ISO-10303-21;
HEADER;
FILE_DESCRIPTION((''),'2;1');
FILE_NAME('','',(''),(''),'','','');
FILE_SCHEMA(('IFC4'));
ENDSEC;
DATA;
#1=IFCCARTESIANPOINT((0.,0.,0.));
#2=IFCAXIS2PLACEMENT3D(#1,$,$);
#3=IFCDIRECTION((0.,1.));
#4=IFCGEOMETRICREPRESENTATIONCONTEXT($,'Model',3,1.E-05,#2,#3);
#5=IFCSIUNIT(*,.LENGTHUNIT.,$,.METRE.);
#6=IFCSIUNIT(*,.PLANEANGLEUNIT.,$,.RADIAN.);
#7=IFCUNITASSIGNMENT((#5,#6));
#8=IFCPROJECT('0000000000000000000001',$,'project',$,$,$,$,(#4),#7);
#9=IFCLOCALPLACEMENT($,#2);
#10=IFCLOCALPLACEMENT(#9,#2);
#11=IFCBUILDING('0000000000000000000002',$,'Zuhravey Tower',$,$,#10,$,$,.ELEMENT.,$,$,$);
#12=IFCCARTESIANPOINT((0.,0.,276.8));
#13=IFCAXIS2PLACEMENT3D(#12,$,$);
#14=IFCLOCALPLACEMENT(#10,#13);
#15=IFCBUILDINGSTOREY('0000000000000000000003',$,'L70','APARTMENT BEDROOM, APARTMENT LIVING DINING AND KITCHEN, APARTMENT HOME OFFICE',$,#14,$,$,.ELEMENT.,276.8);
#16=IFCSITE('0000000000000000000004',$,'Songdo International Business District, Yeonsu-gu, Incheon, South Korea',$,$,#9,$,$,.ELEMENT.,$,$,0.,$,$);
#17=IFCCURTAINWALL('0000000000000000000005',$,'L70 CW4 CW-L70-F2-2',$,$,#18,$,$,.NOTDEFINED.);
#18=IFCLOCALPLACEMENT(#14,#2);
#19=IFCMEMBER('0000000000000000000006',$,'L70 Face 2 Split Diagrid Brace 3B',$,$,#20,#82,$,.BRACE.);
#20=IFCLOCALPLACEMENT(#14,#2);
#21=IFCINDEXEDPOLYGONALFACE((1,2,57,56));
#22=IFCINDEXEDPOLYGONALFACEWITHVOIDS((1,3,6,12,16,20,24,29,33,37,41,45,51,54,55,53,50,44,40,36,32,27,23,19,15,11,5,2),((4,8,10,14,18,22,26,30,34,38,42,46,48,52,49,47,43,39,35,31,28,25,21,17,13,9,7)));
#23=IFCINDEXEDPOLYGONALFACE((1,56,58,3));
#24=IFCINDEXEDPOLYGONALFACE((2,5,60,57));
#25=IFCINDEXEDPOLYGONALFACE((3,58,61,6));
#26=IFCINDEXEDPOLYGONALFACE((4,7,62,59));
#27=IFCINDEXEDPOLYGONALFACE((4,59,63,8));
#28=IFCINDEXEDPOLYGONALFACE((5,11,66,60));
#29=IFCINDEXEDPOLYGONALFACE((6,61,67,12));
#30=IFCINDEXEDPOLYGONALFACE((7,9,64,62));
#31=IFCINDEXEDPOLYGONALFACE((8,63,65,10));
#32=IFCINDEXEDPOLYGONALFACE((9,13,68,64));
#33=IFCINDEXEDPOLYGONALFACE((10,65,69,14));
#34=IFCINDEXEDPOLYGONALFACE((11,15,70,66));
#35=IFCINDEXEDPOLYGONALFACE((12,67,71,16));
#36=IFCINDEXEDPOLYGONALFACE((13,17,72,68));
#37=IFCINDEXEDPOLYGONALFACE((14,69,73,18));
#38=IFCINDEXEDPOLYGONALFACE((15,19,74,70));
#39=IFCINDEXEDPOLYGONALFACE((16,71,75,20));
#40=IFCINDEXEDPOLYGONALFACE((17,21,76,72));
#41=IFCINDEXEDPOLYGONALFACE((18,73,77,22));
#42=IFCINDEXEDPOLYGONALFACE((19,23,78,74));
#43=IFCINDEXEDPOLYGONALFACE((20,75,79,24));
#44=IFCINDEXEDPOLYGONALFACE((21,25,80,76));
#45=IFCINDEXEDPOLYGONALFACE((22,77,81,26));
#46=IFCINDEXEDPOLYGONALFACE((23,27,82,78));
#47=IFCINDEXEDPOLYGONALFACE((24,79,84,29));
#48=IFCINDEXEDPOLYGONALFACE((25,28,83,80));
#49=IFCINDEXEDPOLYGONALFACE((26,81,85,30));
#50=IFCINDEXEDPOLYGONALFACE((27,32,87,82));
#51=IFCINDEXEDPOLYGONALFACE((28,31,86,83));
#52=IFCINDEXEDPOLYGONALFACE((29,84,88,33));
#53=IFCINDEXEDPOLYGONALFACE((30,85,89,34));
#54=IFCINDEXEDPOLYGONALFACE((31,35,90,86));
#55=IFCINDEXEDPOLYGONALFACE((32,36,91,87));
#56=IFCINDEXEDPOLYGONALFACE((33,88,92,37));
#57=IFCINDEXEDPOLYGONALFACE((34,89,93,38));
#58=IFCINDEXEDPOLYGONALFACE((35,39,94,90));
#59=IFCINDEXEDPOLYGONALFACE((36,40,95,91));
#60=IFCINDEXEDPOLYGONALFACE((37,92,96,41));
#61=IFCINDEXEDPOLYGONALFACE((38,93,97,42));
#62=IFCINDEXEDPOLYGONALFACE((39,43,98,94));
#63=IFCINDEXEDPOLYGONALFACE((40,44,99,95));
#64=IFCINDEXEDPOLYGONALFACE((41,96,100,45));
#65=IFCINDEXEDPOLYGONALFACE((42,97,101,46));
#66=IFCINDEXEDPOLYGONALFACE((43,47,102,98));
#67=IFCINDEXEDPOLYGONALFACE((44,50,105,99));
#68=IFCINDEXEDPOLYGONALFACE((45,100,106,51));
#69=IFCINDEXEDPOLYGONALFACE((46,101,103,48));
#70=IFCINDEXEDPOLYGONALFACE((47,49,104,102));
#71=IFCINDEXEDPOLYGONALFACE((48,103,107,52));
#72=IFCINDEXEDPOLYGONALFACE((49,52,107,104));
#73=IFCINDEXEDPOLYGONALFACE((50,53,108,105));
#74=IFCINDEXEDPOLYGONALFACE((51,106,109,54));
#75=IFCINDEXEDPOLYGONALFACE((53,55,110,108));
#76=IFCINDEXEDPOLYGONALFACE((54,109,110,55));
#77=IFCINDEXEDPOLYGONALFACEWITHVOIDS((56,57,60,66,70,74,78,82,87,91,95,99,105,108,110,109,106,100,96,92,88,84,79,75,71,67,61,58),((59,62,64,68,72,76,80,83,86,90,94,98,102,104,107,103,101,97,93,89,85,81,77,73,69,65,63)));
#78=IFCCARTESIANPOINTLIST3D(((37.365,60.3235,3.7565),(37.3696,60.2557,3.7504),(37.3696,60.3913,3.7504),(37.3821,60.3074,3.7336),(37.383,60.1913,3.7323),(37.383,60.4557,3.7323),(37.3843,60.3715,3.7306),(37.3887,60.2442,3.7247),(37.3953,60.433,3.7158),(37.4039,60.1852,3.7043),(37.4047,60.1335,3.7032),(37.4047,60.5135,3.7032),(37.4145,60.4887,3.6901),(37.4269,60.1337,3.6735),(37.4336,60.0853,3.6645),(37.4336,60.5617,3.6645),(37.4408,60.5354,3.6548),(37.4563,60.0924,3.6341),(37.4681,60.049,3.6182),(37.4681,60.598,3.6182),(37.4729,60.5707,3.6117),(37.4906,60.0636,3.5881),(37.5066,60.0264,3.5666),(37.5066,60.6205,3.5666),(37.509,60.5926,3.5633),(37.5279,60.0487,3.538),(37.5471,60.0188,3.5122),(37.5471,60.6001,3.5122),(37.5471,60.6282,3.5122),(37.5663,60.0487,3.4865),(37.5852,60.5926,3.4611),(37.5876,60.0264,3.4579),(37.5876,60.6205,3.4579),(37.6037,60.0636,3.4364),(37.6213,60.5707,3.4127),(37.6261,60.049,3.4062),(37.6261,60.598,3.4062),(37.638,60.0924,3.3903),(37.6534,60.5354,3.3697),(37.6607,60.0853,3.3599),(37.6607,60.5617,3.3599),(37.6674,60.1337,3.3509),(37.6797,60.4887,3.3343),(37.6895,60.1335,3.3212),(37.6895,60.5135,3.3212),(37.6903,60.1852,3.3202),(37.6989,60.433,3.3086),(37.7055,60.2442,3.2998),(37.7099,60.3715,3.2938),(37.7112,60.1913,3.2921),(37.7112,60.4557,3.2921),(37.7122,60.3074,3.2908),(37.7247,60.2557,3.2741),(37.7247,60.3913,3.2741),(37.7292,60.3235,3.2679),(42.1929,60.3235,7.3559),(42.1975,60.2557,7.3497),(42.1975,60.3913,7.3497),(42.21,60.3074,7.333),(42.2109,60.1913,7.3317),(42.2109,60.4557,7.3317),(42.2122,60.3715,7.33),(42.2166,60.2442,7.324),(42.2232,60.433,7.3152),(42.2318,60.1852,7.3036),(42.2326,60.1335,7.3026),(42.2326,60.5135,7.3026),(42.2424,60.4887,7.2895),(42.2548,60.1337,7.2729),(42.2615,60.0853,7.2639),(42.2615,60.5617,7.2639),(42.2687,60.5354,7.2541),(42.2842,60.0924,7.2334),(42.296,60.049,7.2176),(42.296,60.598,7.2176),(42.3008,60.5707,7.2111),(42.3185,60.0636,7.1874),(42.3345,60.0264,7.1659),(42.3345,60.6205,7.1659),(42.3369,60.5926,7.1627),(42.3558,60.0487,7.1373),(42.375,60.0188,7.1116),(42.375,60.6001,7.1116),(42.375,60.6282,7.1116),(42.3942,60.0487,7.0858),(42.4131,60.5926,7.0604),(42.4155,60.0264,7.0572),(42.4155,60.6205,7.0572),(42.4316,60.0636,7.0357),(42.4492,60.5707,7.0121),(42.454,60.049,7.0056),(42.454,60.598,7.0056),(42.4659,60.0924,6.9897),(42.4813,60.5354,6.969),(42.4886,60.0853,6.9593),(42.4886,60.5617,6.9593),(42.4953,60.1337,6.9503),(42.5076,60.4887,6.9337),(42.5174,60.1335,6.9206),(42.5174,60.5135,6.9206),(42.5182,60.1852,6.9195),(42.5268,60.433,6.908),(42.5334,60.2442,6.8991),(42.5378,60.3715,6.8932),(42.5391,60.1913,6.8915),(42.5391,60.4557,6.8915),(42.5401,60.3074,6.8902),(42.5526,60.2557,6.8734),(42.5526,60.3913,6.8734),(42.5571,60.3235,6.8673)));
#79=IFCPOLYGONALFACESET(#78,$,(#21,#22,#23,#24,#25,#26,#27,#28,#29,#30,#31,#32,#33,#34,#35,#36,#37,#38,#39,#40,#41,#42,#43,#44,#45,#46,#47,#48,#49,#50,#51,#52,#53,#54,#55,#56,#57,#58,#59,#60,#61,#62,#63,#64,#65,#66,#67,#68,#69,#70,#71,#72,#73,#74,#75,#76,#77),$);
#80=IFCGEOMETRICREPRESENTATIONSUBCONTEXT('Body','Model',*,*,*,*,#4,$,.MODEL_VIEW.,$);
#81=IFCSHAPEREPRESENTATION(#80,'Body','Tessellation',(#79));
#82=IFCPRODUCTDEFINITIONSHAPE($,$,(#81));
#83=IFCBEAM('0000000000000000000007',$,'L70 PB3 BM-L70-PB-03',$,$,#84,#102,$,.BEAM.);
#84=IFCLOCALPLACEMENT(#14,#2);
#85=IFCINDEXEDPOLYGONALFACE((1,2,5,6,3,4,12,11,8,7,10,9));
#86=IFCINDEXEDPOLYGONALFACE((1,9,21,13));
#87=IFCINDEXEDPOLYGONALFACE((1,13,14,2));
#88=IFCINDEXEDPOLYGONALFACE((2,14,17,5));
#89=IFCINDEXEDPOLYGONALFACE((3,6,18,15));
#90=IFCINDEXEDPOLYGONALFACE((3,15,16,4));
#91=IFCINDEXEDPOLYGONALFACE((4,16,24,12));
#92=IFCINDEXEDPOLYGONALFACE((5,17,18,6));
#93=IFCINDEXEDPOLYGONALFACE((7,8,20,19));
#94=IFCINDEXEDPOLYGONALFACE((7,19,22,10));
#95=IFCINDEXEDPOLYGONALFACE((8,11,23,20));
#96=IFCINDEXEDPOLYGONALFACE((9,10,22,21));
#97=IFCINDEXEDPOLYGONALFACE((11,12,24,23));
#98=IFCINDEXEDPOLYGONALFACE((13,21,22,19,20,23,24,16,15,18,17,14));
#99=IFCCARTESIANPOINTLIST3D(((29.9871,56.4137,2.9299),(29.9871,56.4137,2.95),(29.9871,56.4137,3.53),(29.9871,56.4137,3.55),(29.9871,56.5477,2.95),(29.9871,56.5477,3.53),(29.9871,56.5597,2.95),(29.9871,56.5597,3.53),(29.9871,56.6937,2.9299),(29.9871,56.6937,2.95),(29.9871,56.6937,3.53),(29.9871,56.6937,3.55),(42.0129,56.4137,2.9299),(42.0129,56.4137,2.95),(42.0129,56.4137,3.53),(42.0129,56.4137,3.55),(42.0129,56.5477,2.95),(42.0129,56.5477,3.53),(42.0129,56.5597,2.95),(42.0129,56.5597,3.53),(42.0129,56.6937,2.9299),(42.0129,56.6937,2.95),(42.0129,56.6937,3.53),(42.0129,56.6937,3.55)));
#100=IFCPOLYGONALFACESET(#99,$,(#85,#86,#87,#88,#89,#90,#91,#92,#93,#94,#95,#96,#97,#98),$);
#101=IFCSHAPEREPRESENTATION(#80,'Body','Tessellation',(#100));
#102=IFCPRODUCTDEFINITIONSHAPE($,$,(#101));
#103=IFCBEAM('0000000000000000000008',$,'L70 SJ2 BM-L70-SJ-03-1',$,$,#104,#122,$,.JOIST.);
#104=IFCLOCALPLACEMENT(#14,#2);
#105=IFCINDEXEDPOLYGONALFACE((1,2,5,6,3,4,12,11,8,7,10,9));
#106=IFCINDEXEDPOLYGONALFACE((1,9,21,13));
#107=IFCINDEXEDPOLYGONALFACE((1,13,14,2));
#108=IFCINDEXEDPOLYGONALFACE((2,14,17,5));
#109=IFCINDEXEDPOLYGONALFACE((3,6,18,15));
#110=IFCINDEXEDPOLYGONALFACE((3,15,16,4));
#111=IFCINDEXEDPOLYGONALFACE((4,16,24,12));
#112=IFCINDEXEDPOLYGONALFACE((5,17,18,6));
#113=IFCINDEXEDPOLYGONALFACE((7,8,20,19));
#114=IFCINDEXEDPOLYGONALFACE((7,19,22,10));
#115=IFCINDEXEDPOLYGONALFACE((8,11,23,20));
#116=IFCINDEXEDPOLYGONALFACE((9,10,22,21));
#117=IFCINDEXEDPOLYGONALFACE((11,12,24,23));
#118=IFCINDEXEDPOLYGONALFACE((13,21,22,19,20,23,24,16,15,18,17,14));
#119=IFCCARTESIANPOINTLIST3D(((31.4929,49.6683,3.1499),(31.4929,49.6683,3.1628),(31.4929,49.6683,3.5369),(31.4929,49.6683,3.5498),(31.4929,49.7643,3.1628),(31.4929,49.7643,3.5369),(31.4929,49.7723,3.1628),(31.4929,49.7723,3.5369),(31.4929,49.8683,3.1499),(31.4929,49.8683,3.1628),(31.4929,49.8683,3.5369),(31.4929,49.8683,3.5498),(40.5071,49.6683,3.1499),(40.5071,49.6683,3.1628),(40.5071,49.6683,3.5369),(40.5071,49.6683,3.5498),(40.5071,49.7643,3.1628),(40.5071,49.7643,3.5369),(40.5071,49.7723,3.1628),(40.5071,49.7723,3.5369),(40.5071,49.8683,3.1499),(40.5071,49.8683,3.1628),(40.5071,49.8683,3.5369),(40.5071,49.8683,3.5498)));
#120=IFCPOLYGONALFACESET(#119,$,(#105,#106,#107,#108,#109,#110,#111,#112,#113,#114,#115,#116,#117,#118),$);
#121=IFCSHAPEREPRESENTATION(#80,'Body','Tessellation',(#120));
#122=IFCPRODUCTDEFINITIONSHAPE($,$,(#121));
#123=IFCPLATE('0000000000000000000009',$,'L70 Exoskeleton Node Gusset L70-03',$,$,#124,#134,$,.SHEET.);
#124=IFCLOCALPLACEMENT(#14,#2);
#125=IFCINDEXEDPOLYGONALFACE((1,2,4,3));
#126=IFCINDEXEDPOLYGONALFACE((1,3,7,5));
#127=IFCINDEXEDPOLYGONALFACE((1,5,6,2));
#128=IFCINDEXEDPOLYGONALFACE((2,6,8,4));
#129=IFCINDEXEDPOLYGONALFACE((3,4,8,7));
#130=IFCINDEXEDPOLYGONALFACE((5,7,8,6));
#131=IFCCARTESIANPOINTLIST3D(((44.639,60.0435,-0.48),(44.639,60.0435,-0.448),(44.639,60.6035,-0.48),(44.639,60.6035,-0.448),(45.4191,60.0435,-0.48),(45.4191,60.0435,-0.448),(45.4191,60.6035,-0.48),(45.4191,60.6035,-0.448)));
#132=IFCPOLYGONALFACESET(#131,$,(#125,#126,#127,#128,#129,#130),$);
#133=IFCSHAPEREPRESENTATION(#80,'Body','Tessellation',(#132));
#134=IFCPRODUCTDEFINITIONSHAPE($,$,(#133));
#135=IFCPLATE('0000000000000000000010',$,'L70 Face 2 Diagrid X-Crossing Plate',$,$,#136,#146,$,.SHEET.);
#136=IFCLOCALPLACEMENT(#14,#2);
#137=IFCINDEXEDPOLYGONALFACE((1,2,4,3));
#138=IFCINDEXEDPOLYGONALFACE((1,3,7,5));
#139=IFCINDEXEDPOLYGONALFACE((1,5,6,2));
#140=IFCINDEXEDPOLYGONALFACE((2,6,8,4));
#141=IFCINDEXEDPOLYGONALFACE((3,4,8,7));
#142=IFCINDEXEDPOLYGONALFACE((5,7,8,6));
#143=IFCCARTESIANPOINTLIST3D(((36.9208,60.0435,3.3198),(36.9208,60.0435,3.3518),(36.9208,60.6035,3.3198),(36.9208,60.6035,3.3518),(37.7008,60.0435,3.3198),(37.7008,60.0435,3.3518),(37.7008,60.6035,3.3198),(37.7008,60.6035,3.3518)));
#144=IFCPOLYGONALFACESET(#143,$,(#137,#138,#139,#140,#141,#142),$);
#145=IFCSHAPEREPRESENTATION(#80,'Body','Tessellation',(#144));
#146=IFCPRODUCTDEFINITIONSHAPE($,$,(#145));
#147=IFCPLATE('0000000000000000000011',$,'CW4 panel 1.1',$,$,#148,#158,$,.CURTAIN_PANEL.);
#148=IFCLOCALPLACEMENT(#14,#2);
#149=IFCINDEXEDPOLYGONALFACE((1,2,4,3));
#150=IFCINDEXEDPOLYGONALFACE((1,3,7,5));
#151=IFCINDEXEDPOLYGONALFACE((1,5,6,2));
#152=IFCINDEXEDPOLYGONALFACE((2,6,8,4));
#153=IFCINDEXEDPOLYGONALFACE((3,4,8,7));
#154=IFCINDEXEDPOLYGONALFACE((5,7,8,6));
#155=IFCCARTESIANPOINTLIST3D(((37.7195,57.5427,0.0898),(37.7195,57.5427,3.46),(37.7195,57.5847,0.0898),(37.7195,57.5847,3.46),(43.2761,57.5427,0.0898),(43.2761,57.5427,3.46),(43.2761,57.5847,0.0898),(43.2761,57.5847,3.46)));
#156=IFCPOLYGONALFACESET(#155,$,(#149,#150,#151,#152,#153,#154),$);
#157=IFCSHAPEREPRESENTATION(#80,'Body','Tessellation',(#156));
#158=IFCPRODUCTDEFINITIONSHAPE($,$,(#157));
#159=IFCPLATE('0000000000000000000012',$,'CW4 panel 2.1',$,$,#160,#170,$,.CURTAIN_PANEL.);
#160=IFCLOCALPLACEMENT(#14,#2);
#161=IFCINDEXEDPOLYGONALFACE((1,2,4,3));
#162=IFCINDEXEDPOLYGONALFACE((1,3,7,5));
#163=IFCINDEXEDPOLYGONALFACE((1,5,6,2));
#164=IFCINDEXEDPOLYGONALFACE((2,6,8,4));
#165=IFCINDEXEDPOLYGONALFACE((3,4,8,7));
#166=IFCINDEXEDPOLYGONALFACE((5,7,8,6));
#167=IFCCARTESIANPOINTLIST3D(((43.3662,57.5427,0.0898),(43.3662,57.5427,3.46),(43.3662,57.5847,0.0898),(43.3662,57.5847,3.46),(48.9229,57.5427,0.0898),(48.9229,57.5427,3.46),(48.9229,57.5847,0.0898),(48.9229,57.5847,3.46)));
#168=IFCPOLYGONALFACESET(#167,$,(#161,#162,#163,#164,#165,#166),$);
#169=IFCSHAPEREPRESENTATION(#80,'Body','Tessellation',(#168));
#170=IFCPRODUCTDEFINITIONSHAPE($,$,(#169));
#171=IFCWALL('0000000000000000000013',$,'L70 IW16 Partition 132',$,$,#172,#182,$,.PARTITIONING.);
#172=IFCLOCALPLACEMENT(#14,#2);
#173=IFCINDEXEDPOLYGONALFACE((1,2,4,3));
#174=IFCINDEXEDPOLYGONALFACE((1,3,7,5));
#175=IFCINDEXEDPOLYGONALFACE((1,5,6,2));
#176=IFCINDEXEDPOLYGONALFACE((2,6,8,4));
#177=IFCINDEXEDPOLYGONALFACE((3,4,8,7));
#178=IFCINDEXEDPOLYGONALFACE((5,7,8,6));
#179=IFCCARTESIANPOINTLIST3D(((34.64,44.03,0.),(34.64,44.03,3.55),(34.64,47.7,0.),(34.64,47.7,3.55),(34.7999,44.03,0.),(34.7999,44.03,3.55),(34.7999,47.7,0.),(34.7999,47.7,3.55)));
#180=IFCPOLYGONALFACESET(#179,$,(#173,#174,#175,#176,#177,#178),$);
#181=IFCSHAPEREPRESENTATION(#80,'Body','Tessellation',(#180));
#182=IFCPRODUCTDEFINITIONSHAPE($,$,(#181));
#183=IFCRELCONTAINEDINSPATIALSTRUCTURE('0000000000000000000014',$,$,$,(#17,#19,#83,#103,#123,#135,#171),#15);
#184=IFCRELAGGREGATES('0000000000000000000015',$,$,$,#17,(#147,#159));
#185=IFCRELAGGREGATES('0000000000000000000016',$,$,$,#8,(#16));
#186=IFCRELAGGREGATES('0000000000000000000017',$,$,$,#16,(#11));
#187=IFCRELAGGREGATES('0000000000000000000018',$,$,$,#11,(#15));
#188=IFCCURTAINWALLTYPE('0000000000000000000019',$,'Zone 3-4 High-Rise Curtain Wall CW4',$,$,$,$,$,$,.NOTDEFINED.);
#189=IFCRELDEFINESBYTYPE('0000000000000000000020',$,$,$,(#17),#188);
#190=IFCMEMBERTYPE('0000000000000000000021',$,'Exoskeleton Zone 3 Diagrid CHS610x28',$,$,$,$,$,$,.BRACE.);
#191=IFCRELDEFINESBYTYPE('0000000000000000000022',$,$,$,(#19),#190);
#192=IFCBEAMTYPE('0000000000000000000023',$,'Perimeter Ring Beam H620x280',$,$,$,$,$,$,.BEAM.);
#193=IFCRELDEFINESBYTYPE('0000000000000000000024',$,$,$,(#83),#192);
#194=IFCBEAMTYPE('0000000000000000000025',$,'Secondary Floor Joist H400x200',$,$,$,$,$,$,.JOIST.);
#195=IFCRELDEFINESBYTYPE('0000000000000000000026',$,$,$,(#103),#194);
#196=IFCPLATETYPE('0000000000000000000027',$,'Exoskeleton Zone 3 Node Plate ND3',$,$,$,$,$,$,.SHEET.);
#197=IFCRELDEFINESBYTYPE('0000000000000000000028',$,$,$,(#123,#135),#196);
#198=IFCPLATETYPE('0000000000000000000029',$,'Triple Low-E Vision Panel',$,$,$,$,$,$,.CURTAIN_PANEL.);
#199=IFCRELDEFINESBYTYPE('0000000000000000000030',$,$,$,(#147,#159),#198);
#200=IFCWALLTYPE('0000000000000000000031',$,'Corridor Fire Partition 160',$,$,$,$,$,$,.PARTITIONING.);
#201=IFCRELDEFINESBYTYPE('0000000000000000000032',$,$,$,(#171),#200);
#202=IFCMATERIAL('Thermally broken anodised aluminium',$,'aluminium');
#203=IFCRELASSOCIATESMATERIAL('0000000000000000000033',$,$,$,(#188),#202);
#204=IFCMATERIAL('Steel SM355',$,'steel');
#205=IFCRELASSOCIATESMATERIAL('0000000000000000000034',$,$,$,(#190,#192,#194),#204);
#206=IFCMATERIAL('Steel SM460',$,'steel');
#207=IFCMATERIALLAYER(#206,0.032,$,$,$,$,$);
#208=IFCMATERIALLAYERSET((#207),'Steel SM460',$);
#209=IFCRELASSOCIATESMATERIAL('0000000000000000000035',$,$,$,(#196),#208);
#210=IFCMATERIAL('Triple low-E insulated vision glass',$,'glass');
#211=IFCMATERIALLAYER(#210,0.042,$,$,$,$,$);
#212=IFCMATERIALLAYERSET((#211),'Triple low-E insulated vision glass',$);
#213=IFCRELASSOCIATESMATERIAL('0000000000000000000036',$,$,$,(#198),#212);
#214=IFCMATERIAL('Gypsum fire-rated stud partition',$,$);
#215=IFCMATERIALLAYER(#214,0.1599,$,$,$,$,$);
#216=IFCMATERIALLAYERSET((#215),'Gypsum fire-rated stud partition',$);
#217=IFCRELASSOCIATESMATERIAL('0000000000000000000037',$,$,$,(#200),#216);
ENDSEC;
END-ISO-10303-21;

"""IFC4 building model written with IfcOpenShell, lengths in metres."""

from ifc_helpers import new_model, si_unit, direction, frame, frame_2d, origin, origin_2d, place, context, subcontext, project, spatial, rectangle, hollow_circle, i_section, extrude, material, layer, layer_set, material_profile, profile_set, type_object, element, aggregate, save


model = new_model("IFC4")

# Units and contexts
model_context = context("Model", 3, precision=1e-05, world=origin(), true_north=direction((0.0, 1.0)))
body_context = subcontext(model_context, "Body", "Model", "MODEL_VIEW")
ifc_project = project(units=[si_unit("LENGTHUNIT", "METRE"), si_unit("PLANEANGLEUNIT", "RADIAN")], contexts=[model_context])

# Site, building, storey
site_placement = place(None, origin())
site = spatial("IfcSite", under=ifc_project, at=site_placement, Name="Songdo International Business District, Yeonsu-gu, Incheon, South Korea", CompositionType="ELEMENT", RefElevation=0.0)
building_placement = place(site_placement, origin())
building = spatial("IfcBuilding", under=site, at=building_placement, Name="Zuhravey Tower", CompositionType="ELEMENT")
storey_placement = place(building_placement, frame((0.0, 0.0, 276.8)))
storey = spatial("IfcBuildingStorey", under=building, at=storey_placement, Name="L70", Description="APARTMENT BEDROOM, APARTMENT LIVING DINING AND KITCHEN, APARTMENT HOME OFFICE", CompositionType="ELEMENT", Elevation=276.8)

# Shared definitions
ifc_material_1 = material(Name="Thermally broken anodised aluminium", Category="aluminium")
curtain_wall_type = type_object("IfcCurtainWallType", Name="Zone 3-4 High-Rise Curtain Wall CW4", PredefinedType="NOTDEFINED", material=ifc_material_1)

# Curtain wall
curtain_wall_1_placement = place(storey_placement, origin())
curtain_wall_1 = element("IfcCurtainWall", 1, at=curtain_wall_1_placement, inside=storey, type_object=curtain_wall_type, Name="L70 CW4 CW-L70-F2-2", PredefinedType="NOTDEFINED")

# Member
ifc_material_2 = material(Name="Steel SM355", Category="steel")
ifc_material_profile_1 = material_profile(ifc_material_2, hollow_circle(Radius=0.3047, WallThickness=0.0281, at=origin_2d()), Name="CHS-609.6x28")
ifc_profile_set_1 = profile_set([ifc_material_profile_1], Name="Steel SM355")
member_type_1 = type_object("IfcMemberType", Name="Exoskeleton Zone 3 Diagrid CHS610x28", PredefinedType="BRACE", material=ifc_profile_set_1)
member_1_placement = place(storey_placement, frame((37.5471, 60.3235, 3.5122), z_axis=(0.801714, 0.0, 0.597708), x_axis=(0.0, 1.0, 0.0)))
element("IfcMember", 2, at=member_1_placement, inside=storey, type_object=member_type_1, Name="L70 Face 2 Split Diagrid Brace 3B", PredefinedType="BRACE", context=body_context, shape_type="SweptSolid", body=[
    extrude(hollow_circle(Radius=0.3047, WallThickness=0.0281, at=origin_2d()), origin(), (0.0, 0.0, 1.0), 6.022),
])

# Beams
ifc_material_profile_2 = material_profile(ifc_material_2, i_section(OverallWidth=0.28, OverallDepth=0.6201, WebThickness=0.012, FlangeThickness=0.02, at=origin_2d()), Name="H-620x280x12x20")
ifc_profile_set_2 = profile_set([ifc_material_profile_2], Name="Steel SM355")
beam_type_1 = type_object("IfcBeamType", Name="Perimeter Ring Beam H620x280", PredefinedType="BEAM", material=ifc_profile_set_2)
beam_1_placement = place(storey_placement, frame((42.0129, 56.5537, 3.24), z_axis=(-1.0, 0.0, 0.0), x_axis=(0.0, -1.0, 0.0)))
element("IfcBeam", 3, at=beam_1_placement, inside=storey, type_object=beam_type_1, Name="L70 PB3 BM-L70-PB-03", PredefinedType="BEAM", context=body_context, shape_type="SweptSolid", body=[
    extrude(i_section(OverallWidth=0.28, OverallDepth=0.6201, WebThickness=0.012, FlangeThickness=0.02, at=origin_2d()), origin(), (0.0, 0.0, 1.0), 12.0259),
])
ifc_material_profile_3 = material_profile(ifc_material_2, i_section(OverallWidth=0.2, OverallDepth=0.3999, WebThickness=0.0081, FlangeThickness=0.0129, at=origin_2d()), Name="H-400x200x8x13")
ifc_profile_set_3 = profile_set([ifc_material_profile_3], Name="Steel SM355")
beam_type_2 = type_object("IfcBeamType", Name="Secondary Floor Joist H400x200", PredefinedType="JOIST", material=ifc_profile_set_3)
beam_2_placement = place(storey_placement, frame((40.5071, 49.7683, 3.3499), z_axis=(-1.0, 0.0, 0.0), x_axis=(0.0, -1.0, 0.0)))
element("IfcBeam", 4, at=beam_2_placement, inside=storey, type_object=beam_type_2, Name="L70 SJ2 BM-L70-SJ-03-1", PredefinedType="JOIST", context=body_context, shape_type="SweptSolid", body=[
    extrude(i_section(OverallWidth=0.2, OverallDepth=0.3999, WebThickness=0.0081, FlangeThickness=0.0129, at=origin_2d()), origin(), (0.0, 0.0, 1.0), 9.0142),
])

# Plates
ifc_material_3 = material(Name="Steel SM460", Category="steel")
ifc_layer_1 = layer(ifc_material_3, 0.032)
ifc_layer_set_1 = layer_set([ifc_layer_1], Name="Steel SM460")
plate_type_1 = type_object("IfcPlateType", Name="Exoskeleton Zone 3 Node Plate ND3", PredefinedType="SHEET", material=ifc_layer_set_1)
for number, where, z_axis, x_axis, name in (
    (5, (45.0291, 60.3235, -0.48), (0.0, 0.0, 1.0), (-1.0, 0.0, 0.0), "L70 Exoskeleton Node Gusset L70-03"),
    (6, (37.3108, 60.3235, 3.3198), (0.0, 0.0, 1.0), (-1.0, 0.0, 0.0), "L70 Face 2 Diagrid X-Crossing Plate"),
):
    element("IfcPlate", number, at=place(storey_placement, frame(where, z_axis=z_axis, x_axis=x_axis)), inside=storey, type_object=plate_type_1, Name=name, PredefinedType="SHEET", context=body_context, shape_type="SweptSolid", body=[
        extrude(rectangle(XDim=0.78, YDim=0.5601, at=origin_2d()), origin(), (0.0, 0.0, 1.0), 0.032),
    ])

# Plates
ifc_material_4 = material(Name="Triple low-E insulated vision glass", Category="glass")
ifc_layer_2 = layer(ifc_material_4, 0.042)
ifc_layer_set_2 = layer_set([ifc_layer_2], Name="Triple low-E insulated vision glass")
plate_type_2 = type_object("IfcPlateType", Name="Triple Low-E Vision Panel", PredefinedType="CURTAIN_PANEL", material=ifc_layer_set_2)
plate_1_placement = place(storey_placement, frame((40.4978, 57.5637, 0.0898), z_axis=(0.0, 0.0, 1.0), x_axis=(1.0, 0.0, 0.0)))
plate_1 = element("IfcPlate", 7, at=plate_1_placement, type_object=plate_type_2, Name="CW4 panel 1.1", PredefinedType="CURTAIN_PANEL", context=body_context, shape_type="SweptSolid", body=[
    extrude(rectangle(XDim=5.5566, YDim=0.042, at=origin_2d()), origin(), (0.0, 0.0, 1.0), 3.3701),
])
plate_2_placement = place(storey_placement, frame((46.1445, 57.5637, 0.0898), z_axis=(0.0, 0.0, 1.0), x_axis=(1.0, 0.0, 0.0)))
plate_2 = element("IfcPlate", 8, at=plate_2_placement, type_object=plate_type_2, Name="CW4 panel 2.1", PredefinedType="CURTAIN_PANEL", context=body_context, shape_type="SweptSolid", body=[
    extrude(rectangle(XDim=5.5566, YDim=0.042, at=origin_2d()), origin(), (0.0, 0.0, 1.0), 3.3701),
])
aggregate(curtain_wall_1, [plate_1, plate_2])

# Shared definitions
ifc_material_5 = material(Name="Gypsum fire-rated stud partition")
ifc_layer_3 = layer(ifc_material_5, 0.1599)
ifc_layer_set_3 = layer_set([ifc_layer_3], Name="Gypsum fire-rated stud partition")
wall_type_1 = type_object("IfcWallType", Name="Corridor Fire Partition 160", PredefinedType="PARTITIONING", material=ifc_layer_set_3)

# Wall
wall_1_placement = place(storey_placement, frame((34.72, 47.7, 0.0), z_axis=(0.0, 0.0, 1.0), x_axis=(0.0, -1.0, 0.0)))
element("IfcWall", 9, at=wall_1_placement, inside=storey, type_object=wall_type_1, Name="L70 IW16 Partition 132", PredefinedType="PARTITIONING", context=body_context, shape_type="SweptSolid", body=[
    extrude(rectangle(XDim=3.6699, YDim=0.1599, at=frame_2d((1.835, 0.0))), origin(), (0.0, 0.0, 1.0), 3.55),
])

save(model, "model.ifc")
